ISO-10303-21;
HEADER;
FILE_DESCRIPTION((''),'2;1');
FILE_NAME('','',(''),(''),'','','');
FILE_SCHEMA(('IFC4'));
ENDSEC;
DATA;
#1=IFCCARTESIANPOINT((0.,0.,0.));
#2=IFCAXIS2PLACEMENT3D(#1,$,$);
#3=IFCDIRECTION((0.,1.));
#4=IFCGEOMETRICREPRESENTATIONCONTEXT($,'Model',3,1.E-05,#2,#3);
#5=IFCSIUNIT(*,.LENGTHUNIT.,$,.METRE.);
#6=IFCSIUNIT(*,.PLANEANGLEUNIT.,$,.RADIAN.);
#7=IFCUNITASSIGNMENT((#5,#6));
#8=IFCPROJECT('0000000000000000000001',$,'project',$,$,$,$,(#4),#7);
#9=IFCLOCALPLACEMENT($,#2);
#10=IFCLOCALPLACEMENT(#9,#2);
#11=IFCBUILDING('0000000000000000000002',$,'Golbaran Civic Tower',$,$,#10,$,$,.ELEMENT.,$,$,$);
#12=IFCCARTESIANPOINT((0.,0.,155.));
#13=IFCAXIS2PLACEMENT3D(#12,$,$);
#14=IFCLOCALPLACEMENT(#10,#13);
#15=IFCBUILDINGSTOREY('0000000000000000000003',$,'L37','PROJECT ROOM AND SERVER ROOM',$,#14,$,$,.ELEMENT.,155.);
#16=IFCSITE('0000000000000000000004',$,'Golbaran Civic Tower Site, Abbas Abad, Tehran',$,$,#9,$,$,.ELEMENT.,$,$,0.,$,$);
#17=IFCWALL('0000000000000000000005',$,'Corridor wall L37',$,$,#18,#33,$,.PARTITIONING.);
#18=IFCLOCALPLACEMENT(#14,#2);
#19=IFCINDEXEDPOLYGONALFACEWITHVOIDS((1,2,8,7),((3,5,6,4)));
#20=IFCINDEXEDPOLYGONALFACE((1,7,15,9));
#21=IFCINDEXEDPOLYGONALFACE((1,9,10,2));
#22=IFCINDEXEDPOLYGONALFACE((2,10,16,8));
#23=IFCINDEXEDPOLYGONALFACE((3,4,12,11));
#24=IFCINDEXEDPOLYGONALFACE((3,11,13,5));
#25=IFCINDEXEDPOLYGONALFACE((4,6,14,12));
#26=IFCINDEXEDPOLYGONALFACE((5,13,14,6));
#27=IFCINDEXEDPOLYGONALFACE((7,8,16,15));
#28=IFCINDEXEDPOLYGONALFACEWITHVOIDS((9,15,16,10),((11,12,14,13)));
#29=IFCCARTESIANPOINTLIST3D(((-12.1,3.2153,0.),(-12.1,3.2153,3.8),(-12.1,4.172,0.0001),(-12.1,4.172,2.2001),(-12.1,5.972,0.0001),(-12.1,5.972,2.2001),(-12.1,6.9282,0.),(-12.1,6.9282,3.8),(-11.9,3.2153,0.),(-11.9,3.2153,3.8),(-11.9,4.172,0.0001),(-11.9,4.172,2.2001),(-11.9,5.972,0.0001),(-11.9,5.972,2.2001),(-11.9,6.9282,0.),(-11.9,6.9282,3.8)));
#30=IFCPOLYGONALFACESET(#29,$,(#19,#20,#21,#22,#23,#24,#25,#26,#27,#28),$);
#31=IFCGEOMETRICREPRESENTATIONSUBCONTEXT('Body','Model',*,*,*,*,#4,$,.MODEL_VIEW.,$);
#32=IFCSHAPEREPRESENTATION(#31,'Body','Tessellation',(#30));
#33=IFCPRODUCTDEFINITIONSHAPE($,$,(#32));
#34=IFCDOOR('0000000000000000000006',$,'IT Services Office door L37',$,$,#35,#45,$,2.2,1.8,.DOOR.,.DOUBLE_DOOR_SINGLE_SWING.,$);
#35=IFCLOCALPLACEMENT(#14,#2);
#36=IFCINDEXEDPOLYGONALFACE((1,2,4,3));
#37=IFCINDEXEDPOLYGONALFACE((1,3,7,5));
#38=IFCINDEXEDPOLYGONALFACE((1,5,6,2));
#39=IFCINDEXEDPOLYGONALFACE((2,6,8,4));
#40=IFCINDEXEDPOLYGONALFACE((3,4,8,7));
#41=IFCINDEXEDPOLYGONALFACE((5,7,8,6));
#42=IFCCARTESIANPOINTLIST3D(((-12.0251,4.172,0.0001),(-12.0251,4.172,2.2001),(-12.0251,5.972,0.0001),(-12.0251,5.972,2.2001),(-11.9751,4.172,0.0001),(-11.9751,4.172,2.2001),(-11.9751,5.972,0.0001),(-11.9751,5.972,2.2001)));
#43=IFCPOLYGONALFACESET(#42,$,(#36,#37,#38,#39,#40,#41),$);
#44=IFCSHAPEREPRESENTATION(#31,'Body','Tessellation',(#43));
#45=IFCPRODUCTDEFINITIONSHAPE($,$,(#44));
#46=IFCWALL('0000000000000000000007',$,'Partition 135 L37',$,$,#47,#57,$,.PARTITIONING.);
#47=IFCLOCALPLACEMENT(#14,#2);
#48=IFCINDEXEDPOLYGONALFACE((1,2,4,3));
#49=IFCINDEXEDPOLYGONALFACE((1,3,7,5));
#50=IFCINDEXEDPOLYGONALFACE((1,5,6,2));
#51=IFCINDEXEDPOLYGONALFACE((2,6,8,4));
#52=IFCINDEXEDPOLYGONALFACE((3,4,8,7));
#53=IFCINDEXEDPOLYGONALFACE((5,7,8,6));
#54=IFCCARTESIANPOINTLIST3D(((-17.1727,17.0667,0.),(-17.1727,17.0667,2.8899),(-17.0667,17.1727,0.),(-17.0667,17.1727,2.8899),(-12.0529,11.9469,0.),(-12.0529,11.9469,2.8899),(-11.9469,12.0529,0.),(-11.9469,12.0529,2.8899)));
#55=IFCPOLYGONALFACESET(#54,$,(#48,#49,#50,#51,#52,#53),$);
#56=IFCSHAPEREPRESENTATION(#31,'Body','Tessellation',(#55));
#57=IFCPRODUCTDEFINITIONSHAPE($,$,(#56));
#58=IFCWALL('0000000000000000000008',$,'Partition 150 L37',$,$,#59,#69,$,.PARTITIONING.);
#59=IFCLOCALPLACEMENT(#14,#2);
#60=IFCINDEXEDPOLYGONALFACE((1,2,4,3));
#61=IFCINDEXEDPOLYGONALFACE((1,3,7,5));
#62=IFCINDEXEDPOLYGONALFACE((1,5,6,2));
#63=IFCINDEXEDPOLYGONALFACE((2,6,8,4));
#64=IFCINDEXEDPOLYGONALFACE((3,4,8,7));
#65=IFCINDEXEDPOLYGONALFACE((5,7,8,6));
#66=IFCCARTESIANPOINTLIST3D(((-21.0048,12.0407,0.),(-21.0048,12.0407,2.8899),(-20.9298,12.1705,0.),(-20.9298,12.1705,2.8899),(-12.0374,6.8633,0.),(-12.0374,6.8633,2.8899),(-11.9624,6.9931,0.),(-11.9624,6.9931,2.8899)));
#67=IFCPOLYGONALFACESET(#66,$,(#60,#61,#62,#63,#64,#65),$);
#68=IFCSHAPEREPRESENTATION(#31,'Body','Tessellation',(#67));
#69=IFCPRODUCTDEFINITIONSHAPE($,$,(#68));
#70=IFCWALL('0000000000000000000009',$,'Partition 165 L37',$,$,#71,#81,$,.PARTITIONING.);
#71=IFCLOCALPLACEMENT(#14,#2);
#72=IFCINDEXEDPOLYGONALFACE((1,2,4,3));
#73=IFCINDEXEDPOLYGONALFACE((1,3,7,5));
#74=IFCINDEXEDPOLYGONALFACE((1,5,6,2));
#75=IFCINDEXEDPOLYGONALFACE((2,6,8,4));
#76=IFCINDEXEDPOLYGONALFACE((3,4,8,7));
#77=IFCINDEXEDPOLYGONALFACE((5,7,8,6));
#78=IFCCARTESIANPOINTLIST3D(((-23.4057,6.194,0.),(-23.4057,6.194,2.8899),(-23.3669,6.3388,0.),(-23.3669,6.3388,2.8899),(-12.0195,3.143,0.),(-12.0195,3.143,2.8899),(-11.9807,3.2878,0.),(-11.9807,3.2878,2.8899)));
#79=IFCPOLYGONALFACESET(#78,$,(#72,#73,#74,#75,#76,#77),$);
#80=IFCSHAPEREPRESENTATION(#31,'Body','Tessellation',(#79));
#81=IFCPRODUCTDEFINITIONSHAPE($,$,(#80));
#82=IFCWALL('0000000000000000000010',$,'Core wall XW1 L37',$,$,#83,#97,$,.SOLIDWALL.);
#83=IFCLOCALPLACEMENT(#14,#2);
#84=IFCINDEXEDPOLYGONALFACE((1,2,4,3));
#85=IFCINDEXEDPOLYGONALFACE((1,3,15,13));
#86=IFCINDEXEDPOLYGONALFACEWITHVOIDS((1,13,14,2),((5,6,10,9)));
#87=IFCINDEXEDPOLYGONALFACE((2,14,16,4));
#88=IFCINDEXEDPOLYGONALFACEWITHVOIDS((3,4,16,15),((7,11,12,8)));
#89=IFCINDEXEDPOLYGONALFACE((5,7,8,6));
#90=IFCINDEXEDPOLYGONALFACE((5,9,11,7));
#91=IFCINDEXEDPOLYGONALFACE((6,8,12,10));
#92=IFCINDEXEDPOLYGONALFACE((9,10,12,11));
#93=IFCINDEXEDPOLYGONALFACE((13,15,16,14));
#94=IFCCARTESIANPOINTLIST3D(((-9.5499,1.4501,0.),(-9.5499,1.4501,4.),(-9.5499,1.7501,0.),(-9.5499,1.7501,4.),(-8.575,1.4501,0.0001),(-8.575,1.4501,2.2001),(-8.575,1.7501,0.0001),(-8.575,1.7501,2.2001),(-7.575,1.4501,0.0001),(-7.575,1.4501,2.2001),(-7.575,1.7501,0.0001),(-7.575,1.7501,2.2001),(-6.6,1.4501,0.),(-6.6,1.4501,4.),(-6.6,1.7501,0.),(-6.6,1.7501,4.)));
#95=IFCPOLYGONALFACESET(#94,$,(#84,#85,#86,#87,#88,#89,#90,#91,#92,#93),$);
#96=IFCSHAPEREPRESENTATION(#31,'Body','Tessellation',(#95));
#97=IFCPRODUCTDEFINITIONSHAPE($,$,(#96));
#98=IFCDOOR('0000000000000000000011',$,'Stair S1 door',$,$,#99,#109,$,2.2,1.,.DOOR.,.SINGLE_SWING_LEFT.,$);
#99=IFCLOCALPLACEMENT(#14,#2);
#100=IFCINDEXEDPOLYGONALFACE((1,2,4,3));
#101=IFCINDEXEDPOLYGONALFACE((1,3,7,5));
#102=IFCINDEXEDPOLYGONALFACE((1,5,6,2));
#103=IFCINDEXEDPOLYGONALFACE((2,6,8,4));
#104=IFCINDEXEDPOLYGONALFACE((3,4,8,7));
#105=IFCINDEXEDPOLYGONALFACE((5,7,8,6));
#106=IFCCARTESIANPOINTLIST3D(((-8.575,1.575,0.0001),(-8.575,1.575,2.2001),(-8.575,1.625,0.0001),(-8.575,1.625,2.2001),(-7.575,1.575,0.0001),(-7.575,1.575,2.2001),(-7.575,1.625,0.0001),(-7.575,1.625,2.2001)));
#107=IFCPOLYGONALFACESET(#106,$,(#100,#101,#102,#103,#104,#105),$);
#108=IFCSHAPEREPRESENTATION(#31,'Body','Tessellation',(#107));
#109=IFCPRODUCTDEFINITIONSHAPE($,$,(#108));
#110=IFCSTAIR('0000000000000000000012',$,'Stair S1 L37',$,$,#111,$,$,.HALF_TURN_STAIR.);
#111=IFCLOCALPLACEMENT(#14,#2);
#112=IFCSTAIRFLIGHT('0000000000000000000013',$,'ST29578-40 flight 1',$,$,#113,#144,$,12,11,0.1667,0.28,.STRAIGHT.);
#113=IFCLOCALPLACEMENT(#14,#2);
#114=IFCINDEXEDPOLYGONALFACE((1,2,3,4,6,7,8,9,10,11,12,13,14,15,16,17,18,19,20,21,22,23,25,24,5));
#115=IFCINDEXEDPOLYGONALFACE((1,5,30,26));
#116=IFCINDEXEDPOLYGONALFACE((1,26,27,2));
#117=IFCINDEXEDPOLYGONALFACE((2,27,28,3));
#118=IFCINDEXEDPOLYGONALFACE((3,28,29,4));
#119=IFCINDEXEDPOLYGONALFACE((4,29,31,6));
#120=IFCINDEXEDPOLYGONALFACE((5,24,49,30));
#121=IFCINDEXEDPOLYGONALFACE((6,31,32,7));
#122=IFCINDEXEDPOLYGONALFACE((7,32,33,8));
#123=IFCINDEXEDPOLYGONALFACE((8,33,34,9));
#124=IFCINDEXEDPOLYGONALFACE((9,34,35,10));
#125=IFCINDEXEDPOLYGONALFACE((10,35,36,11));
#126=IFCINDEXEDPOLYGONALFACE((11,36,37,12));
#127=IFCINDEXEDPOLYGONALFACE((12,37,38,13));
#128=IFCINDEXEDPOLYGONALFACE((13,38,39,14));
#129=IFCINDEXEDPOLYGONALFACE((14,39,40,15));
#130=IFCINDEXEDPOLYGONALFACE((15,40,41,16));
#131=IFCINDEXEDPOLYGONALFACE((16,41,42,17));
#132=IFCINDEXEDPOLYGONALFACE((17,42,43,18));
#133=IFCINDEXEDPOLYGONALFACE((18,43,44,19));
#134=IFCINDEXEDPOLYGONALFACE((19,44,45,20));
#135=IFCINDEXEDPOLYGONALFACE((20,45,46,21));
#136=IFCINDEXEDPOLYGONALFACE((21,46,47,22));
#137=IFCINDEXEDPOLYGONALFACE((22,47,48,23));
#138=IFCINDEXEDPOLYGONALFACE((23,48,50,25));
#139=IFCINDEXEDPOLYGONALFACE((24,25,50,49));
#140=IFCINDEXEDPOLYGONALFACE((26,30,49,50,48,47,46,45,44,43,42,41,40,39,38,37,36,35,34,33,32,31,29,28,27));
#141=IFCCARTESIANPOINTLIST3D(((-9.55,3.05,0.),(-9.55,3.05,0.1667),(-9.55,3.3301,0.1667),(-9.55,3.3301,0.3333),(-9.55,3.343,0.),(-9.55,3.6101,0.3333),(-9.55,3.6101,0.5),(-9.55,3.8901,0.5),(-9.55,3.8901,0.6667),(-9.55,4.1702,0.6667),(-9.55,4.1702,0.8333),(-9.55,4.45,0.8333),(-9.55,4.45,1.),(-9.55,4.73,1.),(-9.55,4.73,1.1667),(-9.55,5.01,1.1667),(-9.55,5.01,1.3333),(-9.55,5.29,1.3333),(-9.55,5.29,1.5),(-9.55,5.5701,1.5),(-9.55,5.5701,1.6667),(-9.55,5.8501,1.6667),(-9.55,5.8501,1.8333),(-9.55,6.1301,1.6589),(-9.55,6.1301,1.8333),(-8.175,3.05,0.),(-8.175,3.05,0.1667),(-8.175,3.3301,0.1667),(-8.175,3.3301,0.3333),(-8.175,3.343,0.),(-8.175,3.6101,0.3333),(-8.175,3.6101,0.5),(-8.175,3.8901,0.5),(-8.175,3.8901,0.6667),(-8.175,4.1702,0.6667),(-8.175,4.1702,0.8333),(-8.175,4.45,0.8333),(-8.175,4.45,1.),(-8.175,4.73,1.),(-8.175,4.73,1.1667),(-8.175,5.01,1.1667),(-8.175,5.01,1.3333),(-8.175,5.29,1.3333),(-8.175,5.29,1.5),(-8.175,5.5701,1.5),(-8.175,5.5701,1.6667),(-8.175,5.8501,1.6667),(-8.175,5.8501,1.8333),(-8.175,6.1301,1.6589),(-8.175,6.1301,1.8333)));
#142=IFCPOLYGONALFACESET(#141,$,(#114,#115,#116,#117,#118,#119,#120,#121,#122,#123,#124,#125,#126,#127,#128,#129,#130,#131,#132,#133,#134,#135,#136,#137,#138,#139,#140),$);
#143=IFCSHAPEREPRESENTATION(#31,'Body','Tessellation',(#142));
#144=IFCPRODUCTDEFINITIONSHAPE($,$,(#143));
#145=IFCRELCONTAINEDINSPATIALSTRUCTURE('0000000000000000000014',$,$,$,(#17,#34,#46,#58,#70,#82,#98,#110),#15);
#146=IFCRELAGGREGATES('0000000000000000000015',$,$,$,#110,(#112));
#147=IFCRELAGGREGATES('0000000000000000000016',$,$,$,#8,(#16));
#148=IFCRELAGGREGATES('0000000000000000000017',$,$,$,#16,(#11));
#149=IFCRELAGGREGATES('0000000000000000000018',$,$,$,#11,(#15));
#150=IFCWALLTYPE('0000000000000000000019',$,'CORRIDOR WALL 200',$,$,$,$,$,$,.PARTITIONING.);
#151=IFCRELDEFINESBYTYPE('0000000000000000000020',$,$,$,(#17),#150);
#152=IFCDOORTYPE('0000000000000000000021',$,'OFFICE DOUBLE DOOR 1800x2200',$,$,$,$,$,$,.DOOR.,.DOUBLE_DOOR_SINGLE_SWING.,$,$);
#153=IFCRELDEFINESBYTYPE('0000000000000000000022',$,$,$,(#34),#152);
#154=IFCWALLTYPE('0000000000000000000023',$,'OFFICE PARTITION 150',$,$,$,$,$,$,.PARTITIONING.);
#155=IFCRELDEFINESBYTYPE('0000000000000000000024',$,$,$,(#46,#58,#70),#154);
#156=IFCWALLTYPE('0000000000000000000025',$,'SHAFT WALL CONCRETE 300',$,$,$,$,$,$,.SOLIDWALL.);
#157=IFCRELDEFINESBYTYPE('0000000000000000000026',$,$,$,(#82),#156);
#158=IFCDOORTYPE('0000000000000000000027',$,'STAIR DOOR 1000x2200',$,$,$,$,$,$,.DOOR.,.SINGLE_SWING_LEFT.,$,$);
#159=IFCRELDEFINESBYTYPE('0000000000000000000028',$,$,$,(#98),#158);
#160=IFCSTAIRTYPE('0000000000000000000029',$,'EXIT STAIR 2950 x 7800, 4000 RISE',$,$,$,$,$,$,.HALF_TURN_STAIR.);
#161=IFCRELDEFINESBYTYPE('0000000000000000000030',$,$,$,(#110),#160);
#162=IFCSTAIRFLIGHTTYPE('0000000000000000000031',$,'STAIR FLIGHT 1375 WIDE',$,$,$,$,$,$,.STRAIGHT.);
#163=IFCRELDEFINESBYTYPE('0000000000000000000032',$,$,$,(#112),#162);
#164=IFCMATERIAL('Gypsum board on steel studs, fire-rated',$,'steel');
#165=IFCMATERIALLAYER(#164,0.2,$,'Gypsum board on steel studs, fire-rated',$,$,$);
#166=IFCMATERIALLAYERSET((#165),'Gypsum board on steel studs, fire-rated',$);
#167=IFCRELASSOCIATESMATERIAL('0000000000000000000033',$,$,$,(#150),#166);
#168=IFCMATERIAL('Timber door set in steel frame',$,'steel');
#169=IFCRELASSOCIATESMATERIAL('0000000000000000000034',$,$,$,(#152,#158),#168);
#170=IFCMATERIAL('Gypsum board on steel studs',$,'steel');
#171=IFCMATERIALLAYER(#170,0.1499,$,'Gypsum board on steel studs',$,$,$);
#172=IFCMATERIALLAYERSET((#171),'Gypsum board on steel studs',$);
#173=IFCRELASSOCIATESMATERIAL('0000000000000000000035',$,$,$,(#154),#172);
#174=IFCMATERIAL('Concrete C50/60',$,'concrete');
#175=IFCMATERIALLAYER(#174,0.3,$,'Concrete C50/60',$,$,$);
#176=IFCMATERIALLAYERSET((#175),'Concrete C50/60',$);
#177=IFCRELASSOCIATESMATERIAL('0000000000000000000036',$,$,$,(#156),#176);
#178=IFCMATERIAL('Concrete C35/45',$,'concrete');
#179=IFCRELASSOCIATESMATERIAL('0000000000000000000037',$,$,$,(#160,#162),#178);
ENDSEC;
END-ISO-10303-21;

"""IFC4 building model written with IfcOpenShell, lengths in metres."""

from ifc_helpers import new_model, si_unit, direction, frame, frame_2d, origin, place, context, subcontext, project, spatial, polyline, rectangle, outline, extrude, material, layer, layer_set, type_object, element, fill, aggregate, save


model = new_model("IFC4")

# Units and contexts
model_context = context("Model", 3, precision=1e-05, world=origin(), true_north=direction((0.0, 1.0)))
body_context = subcontext(model_context, "Body", "Model", "MODEL_VIEW")
ifc_project = project(units=[si_unit("LENGTHUNIT", "METRE"), si_unit("PLANEANGLEUNIT", "RADIAN")], contexts=[model_context])

# Site, building, storey
site_placement = place(None, origin())
site = spatial("IfcSite", under=ifc_project, at=site_placement, Name="Golbaran Civic Tower Site, Abbas Abad, Tehran", CompositionType="ELEMENT", RefElevation=0.0)
building_placement = place(site_placement, origin())
building = spatial("IfcBuilding", under=site, at=building_placement, Name="Golbaran Civic Tower", CompositionType="ELEMENT")
storey_placement = place(building_placement, frame((0.0, 0.0, 155.0)))
storey = spatial("IfcBuildingStorey", under=building, at=storey_placement, Name="L37", Description="PROJECT ROOM AND SERVER ROOM", CompositionType="ELEMENT", Elevation=155.0)

# Shared definitions
ifc_material_1 = material(Name="Concrete C50/60", Category="concrete")
ifc_material_2 = material(Name="Timber door set in steel frame", Category="steel")

# Wall, opening, door
ifc_material_3 = material(Name="Gypsum board on steel studs, fire-rated", Category="steel")
ifc_layer_1 = layer(ifc_material_3, 0.2, Name="Gypsum board on steel studs, fire-rated")
ifc_layer_set_1 = layer_set([ifc_layer_1], Name="Gypsum board on steel studs, fire-rated")
wall_type_1 = type_object("IfcWallType", Name="CORRIDOR WALL 200", PredefinedType="PARTITIONING", material=ifc_layer_set_1)
wall_1_placement = place(storey_placement, frame((-12.0, 6.9282, 0.0), z_axis=(0.0, 0.0, 1.0), x_axis=(0.0, -1.0, 0.0)))
wall_1 = element("IfcWall", 1, at=wall_1_placement, inside=storey, type_object=wall_type_1, Name="Corridor wall L37", PredefinedType="PARTITIONING", context=body_context, shape_type="SweptSolid", body=[
    extrude(rectangle(XDim=3.7129, YDim=0.2, at=frame_2d((1.8564, 0.0))), origin(), (0.0, 0.0, 1.0), 3.8),
])
opening_1_placement = place(wall_1_placement, frame((0.9563, 0.0, 0.0)))
opening_1 = element("IfcOpeningElement", 2, at=opening_1_placement, cuts=wall_1, PredefinedType="OPENING", context=body_context, shape_type="SweptSolid", body=[
    extrude(rectangle(XDim=1.8, YDim=2.2, at=frame_2d((0.8999, 1.1001))), frame((0.0, 0.1099, 0.0), z_axis=(0.0, -1.0, 0.0), x_axis=(1.0, 0.0, 0.0)), (0.0, 0.0, 1.0), 0.22),
])
door_type_1 = type_object("IfcDoorType", Name="OFFICE DOUBLE DOOR 1800x2200", OperationType="DOUBLE_DOOR_SINGLE_SWING", PredefinedType="DOOR", material=ifc_material_2)
door_1_placement = place(opening_1_placement, origin())
door_1 = element("IfcDoor", 3, at=door_1_placement, inside=storey, type_object=door_type_1, Name="IT Services Office door L37", OperationType="DOUBLE_DOOR_SINGLE_SWING", OverallHeight=2.2, OverallWidth=1.8, PredefinedType="DOOR", context=body_context, shape_type="SweptSolid", body=[
    extrude(rectangle(XDim=1.8, YDim=2.2, at=frame_2d((0.8999, 1.1001))), frame((0.0, 0.0249, 0.0), z_axis=(0.0, -1.0, 0.0), x_axis=(1.0, 0.0, 0.0)), (0.0, 0.0, 1.0), 0.05),
])
fill(opening_1, door_1)

# Walls
ifc_material_4 = material(Name="Gypsum board on steel studs", Category="steel")
ifc_layer_2 = layer(ifc_material_4, 0.1499, Name="Gypsum board on steel studs")
ifc_layer_set_2 = layer_set([ifc_layer_2], Name="Gypsum board on steel studs")
wall_type_2 = type_object("IfcWallType", Name="OFFICE PARTITION 150", PredefinedType="PARTITIONING", material=ifc_layer_set_2)
wall_2_placement = place(storey_placement, frame((-12.0, 12.0, 0.0), z_axis=(0.0, 0.0, 1.0), x_axis=(-0.707107, 0.707107, 0.0)))
element("IfcWall", 4, at=wall_2_placement, inside=storey, type_object=wall_type_2, Name="Partition 135 L37", PredefinedType="PARTITIONING", context=body_context, shape_type="SweptSolid", body=[
    extrude(rectangle(XDim=7.2405, YDim=0.1499, at=frame_2d((3.6201, 0.0))), origin(), (0.0, 0.0, 1.0), 2.8899),
])
wall_3_placement = place(storey_placement, frame((-12.0, 6.9282, 0.0), z_axis=(0.0, 0.0, 1.0), x_axis=(-0.866022, 0.500006, 0.0)))
element("IfcWall", 5, at=wall_3_placement, inside=storey, type_object=wall_type_2, Name="Partition 150 L37", PredefinedType="PARTITIONING", context=body_context, shape_type="SweptSolid", body=[
    extrude(rectangle(XDim=10.3547, YDim=0.1499, at=frame_2d((5.1772, 0.0))), origin(), (0.0, 0.0, 1.0), 2.8899),
])
wall_4_placement = place(storey_placement, frame((-12.0, 3.2153, 0.0), z_axis=(0.0, 0.0, 1.0), x_axis=(-0.965924, 0.258826, 0.0)))
element("IfcWall", 6, at=wall_4_placement, inside=storey, type_object=wall_type_2, Name="Partition 165 L37", PredefinedType="PARTITIONING", context=body_context, shape_type="SweptSolid", body=[
    extrude(rectangle(XDim=11.7878, YDim=0.1499, at=frame_2d((5.894, 0.0))), origin(), (0.0, 0.0, 1.0), 2.8899),
])

# Wall, opening, door
ifc_layer_3 = layer(ifc_material_1, 0.3, Name="Concrete C50/60")
ifc_layer_set_3 = layer_set([ifc_layer_3], Name="Concrete C50/60")
wall_type_3 = type_object("IfcWallType", Name="SHAFT WALL CONCRETE 300", PredefinedType="SOLIDWALL", material=ifc_layer_set_3)
wall_5_placement = place(storey_placement, frame((-9.55, 1.6001, 0.0), z_axis=(0.0, 0.0, 1.0), x_axis=(1.0, 0.0, 0.0)))
wall_5 = element("IfcWall", 7, at=wall_5_placement, inside=storey, type_object=wall_type_3, Name="Core wall XW1 L37", PredefinedType="SOLIDWALL", context=body_context, shape_type="SweptSolid", body=[
    extrude(rectangle(XDim=2.95, YDim=0.3, at=frame_2d((1.4751, 0.0))), origin(), (0.0, 0.0, 1.0), 4.0),
])
opening_2_placement = place(wall_5_placement, frame((0.9751, 0.0, 0.0)))
opening_2 = element("IfcOpeningElement", 8, at=opening_2_placement, cuts=wall_5, PredefinedType="OPENING", context=body_context, shape_type="SweptSolid", body=[
    extrude(rectangle(XDim=1.0, YDim=2.2, at=frame_2d((0.5, 1.1001))), frame((0.0, 0.1599, 0.0), z_axis=(0.0, -1.0, 0.0), x_axis=(1.0, 0.0, 0.0)), (0.0, 0.0, 1.0), 0.3201),
])
door_type_2 = type_object("IfcDoorType", Name="STAIR DOOR 1000x2200", OperationType="SINGLE_SWING_LEFT", PredefinedType="DOOR", material=ifc_material_2)
door_2_placement = place(opening_2_placement, origin())
door_2 = element("IfcDoor", 9, at=door_2_placement, inside=storey, type_object=door_type_2, Name="Stair S1 door", OperationType="SINGLE_SWING_LEFT", OverallHeight=2.2, OverallWidth=1.0, PredefinedType="DOOR", context=body_context, shape_type="SweptSolid", body=[
    extrude(rectangle(XDim=1.0, YDim=2.2, at=frame_2d((0.5, 1.1001))), frame((0.0, 0.0249, 0.0), z_axis=(0.0, -1.0, 0.0), x_axis=(1.0, 0.0, 0.0)), (0.0, 0.0, 1.0), 0.05),
])
fill(opening_2, door_2)

# Stair, stair flight
ifc_material_5 = material(Name="Concrete C35/45", Category="concrete")
stair_type = type_object("IfcStairType", Name="EXIT STAIR 2950 x 7800, 4000 RISE", PredefinedType="HALF_TURN_STAIR", material=ifc_material_5)
stair_placement = place(storey_placement, origin())
stair = element("IfcStair", 10, at=stair_placement, inside=storey, type_object=stair_type, Name="Stair S1 L37", PredefinedType="HALF_TURN_STAIR")
stair_flight_type = type_object("IfcStairFlightType", Name="STAIR FLIGHT 1375 WIDE", PredefinedType="STRAIGHT", material=ifc_material_5)
stair_flight_placement = place(storey_placement, frame((-8.8625, 3.05, 0.0), z_axis=(0.0, 0.0, 1.0), x_axis=(0.0, 1.0, 0.0)))
stair_flight = element("IfcStairFlight", 11, at=stair_flight_placement, type_object=stair_flight_type, Name="ST29578-40 flight 1", NumberOfRisers=12, NumberOfTreads=11, PredefinedType="STRAIGHT", RiserHeight=0.1667, TreadLength=0.28, context=body_context, shape_type="SweptSolid", body=[
    extrude(outline(polyline([(0.0, 0.0), (0.0, 0.1667), (0.28, 0.1667), (0.28, 0.3333), (0.5601, 0.3333), (0.5601, 0.5), (0.8401, 0.5), (0.8401, 0.6667), (1.1201, 0.6667), (1.1201, 0.8333), (1.3999, 0.8333), (1.3999, 1.0), (1.6799, 1.0), (1.6799, 1.1667), (1.96, 1.1667), (1.96, 1.3333), (2.24, 1.3333), (2.24, 1.5), (2.52, 1.5), (2.52, 1.6667), (2.8, 1.6667), (2.8, 1.8333), (3.0801, 1.8333), (3.0801, 2.0), (3.0801, 1.6589), (0.293, 0.0), (0.0, 0.0)])), frame((0.0, 0.6875, 0.0), z_axis=(0.0, -1.0, 0.0), x_axis=(1.0, 0.0, 0.0)), (0.0, 0.0, 1.0), 1.375),
])
aggregate(stair, [stair_flight])

save(model, "model.ifc")
